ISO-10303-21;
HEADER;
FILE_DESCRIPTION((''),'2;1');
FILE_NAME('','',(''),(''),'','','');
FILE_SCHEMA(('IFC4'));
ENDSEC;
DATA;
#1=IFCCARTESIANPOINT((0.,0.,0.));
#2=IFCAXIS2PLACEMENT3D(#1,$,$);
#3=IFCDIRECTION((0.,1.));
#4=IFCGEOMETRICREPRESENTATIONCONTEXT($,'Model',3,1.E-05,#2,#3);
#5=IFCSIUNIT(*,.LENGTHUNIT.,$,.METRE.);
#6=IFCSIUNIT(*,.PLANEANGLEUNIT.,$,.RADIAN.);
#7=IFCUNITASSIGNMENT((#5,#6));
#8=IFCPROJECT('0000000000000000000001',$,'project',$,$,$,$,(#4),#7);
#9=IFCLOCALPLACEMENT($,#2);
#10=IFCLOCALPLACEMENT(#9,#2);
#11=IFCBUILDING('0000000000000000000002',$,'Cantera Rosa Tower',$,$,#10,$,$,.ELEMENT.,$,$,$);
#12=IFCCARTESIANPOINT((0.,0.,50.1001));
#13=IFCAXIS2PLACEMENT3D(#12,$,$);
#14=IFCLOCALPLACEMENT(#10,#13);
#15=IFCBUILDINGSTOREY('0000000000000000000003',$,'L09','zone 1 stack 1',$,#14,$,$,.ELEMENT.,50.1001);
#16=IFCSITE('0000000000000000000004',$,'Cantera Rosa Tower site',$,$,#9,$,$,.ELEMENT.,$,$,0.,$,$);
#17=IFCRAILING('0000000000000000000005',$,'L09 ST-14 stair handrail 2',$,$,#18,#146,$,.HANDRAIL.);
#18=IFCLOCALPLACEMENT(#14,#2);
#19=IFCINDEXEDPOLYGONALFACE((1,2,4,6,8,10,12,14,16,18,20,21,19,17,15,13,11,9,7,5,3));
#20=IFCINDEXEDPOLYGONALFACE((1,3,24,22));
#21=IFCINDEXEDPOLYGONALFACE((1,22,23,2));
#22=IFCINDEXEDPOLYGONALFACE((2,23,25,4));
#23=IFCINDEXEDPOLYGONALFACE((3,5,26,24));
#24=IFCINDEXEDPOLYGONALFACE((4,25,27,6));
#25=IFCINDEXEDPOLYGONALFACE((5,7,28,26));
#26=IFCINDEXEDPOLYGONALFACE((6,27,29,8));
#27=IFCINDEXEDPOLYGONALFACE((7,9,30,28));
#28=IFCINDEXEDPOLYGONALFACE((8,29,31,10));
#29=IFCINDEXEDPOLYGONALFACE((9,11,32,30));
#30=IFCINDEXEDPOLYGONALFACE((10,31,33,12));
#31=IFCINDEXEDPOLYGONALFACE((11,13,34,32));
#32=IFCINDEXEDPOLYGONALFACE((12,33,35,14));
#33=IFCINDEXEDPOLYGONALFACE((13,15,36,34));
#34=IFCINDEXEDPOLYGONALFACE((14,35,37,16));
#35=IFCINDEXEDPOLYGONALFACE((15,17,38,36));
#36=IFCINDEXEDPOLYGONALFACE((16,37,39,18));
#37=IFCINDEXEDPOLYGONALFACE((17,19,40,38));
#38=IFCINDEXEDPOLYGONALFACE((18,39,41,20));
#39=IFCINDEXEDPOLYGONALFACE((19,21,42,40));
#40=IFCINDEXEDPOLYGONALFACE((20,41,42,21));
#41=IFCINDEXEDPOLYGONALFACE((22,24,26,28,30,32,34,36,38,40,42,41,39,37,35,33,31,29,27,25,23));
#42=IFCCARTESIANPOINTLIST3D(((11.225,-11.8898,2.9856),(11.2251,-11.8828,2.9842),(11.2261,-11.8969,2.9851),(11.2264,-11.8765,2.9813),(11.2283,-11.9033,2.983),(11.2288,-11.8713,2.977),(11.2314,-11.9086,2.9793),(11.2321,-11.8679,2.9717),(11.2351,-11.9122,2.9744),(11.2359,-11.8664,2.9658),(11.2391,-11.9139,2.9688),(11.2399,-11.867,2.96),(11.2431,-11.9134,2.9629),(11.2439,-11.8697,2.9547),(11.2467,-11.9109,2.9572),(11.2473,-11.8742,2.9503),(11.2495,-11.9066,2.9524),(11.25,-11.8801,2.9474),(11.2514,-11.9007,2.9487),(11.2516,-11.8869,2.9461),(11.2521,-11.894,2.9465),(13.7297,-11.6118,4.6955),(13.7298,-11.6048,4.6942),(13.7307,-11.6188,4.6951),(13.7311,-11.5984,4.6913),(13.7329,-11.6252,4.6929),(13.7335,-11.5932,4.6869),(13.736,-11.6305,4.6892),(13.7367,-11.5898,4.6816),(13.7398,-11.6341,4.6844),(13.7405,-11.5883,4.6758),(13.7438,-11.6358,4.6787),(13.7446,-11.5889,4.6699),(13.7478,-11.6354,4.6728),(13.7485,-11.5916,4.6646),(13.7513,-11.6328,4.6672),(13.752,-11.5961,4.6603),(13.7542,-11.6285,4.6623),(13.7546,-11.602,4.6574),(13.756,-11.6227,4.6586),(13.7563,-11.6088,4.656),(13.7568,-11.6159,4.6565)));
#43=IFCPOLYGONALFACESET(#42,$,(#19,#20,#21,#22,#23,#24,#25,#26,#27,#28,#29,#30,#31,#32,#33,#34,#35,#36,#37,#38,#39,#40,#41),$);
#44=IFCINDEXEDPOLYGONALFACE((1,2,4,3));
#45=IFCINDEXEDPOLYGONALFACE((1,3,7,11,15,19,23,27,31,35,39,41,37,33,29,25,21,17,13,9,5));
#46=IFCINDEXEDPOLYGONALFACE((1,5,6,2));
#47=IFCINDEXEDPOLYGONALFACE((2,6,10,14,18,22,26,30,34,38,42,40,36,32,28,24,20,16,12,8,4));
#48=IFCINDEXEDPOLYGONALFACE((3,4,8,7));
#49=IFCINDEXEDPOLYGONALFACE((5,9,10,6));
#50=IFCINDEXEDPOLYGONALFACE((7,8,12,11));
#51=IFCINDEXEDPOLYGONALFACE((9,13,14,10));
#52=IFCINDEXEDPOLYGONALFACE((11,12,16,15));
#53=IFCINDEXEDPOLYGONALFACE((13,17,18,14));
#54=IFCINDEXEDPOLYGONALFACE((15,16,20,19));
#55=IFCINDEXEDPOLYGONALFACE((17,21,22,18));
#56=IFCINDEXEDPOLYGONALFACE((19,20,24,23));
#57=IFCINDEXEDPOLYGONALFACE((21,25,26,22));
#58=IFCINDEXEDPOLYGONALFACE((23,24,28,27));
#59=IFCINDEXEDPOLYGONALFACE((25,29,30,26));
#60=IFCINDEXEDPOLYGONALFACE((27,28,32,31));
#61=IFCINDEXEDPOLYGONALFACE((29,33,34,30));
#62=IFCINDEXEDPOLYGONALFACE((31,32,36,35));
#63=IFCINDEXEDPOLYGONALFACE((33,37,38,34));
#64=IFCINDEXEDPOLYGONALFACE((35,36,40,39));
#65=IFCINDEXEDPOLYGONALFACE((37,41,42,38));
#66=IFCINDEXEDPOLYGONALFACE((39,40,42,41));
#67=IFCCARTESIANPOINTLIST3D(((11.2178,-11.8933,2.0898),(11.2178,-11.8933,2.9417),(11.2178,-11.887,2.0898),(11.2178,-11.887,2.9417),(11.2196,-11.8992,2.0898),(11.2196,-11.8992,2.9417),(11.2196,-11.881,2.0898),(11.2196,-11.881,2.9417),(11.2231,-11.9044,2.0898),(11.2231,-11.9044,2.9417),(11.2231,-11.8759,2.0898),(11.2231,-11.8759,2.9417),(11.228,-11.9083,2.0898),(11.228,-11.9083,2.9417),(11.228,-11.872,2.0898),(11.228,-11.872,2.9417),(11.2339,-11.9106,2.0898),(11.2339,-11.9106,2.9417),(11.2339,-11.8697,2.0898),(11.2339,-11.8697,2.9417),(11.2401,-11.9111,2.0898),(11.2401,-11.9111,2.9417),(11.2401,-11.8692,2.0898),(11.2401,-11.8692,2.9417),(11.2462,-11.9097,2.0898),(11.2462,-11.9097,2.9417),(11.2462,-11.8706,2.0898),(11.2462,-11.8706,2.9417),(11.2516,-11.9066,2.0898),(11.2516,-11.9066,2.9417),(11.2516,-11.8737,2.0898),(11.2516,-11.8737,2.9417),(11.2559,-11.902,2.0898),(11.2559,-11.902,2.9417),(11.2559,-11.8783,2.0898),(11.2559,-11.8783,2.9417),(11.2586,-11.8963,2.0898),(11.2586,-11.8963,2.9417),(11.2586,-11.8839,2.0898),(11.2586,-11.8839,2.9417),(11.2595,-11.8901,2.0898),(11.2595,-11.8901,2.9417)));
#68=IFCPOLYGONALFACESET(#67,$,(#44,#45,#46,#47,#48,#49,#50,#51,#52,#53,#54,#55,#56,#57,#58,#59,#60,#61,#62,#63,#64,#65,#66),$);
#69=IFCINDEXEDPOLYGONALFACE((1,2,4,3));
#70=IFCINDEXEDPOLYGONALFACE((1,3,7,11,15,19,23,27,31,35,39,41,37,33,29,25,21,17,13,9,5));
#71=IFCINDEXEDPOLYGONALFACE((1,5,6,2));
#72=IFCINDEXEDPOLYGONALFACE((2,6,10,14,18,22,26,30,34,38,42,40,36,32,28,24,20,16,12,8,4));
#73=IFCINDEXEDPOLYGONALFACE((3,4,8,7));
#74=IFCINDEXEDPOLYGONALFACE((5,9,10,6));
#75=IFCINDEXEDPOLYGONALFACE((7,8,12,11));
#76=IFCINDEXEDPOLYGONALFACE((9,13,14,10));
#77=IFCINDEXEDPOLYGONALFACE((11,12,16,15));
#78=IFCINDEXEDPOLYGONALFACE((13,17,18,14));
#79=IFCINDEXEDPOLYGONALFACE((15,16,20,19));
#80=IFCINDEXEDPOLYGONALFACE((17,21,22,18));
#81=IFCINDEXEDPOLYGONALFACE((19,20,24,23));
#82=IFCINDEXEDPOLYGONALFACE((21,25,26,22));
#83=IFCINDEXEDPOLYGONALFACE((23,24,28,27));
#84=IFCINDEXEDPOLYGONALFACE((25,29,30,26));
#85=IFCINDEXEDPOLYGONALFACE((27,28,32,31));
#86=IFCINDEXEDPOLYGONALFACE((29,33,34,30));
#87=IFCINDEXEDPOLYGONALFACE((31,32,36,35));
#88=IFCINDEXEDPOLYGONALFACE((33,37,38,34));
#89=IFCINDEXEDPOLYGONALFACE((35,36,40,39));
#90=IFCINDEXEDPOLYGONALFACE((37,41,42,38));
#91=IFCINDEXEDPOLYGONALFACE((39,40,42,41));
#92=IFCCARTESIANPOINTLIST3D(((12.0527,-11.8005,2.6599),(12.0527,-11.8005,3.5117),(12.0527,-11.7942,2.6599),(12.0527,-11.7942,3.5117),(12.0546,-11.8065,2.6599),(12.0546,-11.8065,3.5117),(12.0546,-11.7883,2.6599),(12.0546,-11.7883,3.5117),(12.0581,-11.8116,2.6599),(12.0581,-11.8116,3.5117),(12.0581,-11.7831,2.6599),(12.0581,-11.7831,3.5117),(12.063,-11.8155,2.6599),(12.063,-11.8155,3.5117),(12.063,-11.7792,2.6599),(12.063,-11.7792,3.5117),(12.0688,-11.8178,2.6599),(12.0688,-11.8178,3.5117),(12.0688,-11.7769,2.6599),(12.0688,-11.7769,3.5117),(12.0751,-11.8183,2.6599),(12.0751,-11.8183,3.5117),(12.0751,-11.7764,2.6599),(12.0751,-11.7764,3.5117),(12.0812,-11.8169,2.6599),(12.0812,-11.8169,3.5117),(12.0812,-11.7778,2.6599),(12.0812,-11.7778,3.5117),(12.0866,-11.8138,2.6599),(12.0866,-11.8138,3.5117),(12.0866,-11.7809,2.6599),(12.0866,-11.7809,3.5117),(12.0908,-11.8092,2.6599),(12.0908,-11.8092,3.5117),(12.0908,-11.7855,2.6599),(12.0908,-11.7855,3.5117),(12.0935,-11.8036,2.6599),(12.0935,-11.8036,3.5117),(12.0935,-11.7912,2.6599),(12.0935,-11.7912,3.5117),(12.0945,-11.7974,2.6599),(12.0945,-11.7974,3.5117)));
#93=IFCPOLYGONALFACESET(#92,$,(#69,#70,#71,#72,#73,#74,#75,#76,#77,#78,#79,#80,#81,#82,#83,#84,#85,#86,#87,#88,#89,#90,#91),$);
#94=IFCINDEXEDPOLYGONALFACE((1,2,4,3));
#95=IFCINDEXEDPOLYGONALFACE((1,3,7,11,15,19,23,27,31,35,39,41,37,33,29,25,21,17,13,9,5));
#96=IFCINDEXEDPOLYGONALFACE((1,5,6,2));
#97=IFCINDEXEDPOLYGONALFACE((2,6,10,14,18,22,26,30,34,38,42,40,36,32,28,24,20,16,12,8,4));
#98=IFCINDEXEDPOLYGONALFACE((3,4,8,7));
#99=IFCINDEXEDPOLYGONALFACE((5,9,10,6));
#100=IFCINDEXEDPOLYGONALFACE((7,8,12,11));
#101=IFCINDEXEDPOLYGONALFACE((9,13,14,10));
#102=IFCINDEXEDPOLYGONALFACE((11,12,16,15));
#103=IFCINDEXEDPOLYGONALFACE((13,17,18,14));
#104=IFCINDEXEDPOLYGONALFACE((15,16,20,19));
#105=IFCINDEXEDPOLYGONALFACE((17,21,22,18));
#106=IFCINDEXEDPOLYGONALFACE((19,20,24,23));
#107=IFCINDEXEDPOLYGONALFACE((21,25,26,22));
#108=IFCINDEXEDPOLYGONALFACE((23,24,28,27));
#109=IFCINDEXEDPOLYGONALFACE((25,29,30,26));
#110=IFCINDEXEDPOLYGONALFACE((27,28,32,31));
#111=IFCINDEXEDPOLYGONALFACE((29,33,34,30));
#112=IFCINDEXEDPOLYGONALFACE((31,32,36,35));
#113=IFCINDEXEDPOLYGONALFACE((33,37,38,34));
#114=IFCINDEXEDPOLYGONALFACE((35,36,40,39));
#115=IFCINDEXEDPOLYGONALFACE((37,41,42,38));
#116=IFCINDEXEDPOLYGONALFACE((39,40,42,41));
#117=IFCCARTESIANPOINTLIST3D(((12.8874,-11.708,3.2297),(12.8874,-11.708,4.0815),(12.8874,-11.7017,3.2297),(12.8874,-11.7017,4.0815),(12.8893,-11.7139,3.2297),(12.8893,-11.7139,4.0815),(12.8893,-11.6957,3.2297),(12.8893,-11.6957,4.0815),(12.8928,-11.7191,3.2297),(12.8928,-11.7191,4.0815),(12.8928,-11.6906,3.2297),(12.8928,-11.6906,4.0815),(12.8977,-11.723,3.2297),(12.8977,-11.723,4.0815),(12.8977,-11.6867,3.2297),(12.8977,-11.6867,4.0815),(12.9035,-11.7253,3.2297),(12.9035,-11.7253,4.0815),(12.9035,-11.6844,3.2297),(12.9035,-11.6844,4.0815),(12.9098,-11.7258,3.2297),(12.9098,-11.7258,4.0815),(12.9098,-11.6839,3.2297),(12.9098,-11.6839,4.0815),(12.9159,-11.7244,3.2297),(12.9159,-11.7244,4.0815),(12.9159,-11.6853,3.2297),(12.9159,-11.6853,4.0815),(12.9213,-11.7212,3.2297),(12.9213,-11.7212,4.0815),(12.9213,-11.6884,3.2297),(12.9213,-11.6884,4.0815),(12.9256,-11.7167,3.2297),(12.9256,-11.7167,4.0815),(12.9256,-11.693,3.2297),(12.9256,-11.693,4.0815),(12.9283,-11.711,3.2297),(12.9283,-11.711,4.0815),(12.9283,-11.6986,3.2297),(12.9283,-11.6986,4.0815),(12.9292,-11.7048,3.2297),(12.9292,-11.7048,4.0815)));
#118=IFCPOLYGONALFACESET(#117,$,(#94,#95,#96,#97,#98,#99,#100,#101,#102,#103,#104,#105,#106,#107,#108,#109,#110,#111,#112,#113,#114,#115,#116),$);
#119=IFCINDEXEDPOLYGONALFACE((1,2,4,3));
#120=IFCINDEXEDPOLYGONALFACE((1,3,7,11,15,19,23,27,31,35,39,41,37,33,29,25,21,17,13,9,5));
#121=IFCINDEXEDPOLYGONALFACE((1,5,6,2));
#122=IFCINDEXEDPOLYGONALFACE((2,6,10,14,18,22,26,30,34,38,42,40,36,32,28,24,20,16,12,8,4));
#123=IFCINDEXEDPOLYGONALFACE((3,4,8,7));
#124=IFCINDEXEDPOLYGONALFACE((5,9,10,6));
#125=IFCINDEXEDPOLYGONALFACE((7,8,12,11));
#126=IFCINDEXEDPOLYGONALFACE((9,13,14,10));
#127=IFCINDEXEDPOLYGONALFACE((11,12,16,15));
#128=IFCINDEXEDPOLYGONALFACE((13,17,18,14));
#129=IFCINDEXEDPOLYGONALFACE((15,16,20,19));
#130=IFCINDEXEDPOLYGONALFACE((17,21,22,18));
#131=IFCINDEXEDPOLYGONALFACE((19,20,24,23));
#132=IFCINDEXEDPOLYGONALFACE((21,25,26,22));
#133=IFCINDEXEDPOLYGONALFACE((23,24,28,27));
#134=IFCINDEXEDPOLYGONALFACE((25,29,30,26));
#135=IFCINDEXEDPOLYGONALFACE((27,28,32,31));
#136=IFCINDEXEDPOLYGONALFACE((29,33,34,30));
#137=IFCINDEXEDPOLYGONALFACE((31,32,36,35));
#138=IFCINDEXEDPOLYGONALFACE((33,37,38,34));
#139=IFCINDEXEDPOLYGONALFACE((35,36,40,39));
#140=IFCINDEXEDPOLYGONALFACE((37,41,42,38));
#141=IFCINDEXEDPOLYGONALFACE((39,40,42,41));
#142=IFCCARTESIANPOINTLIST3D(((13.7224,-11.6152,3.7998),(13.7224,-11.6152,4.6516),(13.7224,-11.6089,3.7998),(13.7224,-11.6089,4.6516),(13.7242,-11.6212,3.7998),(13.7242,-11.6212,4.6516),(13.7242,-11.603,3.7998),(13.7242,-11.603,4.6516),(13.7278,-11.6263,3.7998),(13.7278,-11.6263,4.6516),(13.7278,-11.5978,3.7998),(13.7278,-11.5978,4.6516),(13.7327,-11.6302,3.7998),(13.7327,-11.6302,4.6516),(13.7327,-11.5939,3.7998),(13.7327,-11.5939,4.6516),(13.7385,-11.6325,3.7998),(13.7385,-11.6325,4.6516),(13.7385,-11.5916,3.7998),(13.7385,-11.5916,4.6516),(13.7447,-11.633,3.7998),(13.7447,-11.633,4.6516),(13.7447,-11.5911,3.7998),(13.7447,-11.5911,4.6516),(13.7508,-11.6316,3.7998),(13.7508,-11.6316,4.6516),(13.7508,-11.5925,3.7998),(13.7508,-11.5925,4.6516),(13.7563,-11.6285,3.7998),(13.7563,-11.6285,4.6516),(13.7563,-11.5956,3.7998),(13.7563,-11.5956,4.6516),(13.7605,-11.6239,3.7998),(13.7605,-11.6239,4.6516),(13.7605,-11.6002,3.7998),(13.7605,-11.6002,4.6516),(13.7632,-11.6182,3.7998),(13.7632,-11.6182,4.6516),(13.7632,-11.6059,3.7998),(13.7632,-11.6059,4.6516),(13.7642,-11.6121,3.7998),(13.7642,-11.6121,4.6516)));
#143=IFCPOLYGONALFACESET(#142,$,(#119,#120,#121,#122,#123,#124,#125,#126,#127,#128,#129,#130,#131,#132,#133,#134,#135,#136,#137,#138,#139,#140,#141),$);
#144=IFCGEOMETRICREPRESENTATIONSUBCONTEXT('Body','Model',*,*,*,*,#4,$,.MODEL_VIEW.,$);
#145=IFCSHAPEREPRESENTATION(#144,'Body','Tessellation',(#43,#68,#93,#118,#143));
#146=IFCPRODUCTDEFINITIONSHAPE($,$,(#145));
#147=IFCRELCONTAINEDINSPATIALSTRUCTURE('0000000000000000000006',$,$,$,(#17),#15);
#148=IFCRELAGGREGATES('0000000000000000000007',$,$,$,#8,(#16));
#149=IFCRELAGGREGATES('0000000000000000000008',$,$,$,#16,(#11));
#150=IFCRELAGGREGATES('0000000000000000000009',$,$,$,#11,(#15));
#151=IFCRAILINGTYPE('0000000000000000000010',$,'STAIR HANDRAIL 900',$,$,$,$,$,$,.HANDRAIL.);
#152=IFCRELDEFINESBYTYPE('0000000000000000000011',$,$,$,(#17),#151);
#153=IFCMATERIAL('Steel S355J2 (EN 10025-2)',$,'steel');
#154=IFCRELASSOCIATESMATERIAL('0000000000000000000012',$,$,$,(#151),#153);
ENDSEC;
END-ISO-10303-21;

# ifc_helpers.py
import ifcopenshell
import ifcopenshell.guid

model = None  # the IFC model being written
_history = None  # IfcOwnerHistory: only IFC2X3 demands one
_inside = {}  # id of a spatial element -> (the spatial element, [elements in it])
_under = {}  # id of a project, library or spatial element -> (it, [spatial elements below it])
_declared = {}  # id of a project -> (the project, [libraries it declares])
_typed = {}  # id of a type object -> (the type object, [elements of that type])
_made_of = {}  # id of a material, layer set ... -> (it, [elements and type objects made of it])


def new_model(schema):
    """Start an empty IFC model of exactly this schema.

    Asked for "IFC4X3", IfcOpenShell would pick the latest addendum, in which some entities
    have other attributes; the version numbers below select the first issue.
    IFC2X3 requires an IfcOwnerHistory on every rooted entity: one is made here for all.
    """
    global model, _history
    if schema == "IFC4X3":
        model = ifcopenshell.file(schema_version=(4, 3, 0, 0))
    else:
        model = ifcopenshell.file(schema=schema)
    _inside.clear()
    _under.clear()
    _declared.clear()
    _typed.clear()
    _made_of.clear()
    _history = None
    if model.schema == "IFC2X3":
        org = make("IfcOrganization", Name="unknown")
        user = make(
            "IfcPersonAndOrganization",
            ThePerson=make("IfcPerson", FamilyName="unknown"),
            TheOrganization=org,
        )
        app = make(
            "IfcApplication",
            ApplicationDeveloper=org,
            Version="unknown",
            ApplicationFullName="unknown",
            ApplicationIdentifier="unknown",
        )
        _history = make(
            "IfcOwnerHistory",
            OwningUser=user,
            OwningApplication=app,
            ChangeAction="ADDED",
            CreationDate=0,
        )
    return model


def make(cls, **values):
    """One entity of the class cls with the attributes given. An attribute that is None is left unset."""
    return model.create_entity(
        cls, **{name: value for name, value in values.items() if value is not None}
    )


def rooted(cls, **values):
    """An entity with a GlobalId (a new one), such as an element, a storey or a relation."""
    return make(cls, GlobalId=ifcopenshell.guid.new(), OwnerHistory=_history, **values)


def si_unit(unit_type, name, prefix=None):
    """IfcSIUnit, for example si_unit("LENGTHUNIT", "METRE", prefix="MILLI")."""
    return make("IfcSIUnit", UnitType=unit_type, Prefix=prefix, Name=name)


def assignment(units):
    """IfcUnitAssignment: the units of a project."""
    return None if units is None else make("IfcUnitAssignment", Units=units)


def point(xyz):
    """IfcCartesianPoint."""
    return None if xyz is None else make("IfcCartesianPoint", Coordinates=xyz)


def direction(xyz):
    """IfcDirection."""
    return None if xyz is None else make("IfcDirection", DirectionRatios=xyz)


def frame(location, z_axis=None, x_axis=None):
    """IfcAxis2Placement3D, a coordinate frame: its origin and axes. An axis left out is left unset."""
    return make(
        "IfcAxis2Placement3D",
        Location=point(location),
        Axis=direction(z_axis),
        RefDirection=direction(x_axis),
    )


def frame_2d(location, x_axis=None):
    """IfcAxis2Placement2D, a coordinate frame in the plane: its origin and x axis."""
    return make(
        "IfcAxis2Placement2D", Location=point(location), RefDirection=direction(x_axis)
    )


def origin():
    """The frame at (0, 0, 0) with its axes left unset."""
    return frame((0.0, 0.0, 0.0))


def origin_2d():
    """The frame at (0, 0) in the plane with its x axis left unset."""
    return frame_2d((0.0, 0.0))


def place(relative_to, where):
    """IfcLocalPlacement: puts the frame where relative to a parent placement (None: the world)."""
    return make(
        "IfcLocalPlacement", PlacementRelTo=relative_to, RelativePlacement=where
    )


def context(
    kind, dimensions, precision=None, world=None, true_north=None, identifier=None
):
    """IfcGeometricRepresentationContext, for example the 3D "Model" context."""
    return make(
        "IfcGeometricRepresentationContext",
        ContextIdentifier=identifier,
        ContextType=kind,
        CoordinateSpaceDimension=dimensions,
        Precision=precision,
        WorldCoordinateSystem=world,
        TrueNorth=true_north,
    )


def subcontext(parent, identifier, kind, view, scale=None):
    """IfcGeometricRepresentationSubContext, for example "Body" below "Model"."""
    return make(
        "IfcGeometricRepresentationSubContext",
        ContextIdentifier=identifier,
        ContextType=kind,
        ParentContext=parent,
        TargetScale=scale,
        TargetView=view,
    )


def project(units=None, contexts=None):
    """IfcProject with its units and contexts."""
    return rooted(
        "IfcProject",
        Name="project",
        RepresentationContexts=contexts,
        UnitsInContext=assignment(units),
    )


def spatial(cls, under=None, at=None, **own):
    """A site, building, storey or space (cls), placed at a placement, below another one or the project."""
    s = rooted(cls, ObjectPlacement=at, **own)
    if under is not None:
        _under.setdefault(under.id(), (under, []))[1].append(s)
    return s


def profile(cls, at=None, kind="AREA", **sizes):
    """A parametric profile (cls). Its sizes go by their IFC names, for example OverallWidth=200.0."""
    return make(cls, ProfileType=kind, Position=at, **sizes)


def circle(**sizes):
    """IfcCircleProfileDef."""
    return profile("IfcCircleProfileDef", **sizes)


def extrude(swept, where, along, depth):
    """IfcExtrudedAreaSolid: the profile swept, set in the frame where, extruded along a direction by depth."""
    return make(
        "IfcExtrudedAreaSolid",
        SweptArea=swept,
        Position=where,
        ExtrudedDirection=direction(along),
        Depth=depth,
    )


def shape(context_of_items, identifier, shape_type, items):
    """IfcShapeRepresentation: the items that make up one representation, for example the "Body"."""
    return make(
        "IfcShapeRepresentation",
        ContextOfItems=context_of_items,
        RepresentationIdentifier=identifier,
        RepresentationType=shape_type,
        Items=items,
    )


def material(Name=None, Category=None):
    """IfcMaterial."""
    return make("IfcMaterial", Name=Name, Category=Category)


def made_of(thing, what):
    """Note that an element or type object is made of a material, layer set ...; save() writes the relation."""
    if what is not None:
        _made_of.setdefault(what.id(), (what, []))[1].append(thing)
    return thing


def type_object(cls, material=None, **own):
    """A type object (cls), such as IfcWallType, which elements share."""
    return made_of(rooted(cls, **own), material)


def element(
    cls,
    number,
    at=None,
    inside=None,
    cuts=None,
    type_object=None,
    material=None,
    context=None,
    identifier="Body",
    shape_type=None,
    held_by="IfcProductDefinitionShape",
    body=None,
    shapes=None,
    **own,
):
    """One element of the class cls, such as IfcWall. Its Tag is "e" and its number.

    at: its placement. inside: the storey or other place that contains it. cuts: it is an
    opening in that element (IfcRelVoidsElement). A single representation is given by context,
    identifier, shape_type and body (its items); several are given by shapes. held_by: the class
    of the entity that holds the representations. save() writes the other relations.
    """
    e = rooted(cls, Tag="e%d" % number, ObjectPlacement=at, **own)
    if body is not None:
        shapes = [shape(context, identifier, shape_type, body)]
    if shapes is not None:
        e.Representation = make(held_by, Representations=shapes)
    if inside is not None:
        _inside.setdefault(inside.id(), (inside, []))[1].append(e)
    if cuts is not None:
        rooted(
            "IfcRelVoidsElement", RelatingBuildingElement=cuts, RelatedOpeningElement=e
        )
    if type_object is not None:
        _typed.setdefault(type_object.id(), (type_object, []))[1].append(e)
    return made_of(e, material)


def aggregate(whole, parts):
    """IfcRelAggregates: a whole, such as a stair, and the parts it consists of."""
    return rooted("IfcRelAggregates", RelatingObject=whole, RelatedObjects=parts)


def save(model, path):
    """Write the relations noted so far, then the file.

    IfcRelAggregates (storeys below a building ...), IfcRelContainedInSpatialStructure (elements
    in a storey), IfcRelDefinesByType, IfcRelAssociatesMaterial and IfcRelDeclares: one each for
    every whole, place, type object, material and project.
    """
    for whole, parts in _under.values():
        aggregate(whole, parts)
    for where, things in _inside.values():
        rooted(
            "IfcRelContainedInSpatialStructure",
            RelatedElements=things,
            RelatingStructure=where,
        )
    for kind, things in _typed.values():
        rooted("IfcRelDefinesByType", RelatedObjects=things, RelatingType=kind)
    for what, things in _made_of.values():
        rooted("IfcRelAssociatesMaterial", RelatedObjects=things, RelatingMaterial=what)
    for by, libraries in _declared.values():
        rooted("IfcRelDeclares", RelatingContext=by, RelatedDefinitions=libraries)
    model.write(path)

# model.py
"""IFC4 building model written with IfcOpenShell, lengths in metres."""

from ifc_helpers import new_model, si_unit, direction, frame, origin, origin_2d, place, context, subcontext, project, spatial, circle, extrude, material, type_object, element, save


model = new_model("IFC4")

# Units and contexts
model_context = context("Model", 3, precision=1e-05, world=origin(), true_north=direction((0.0, 1.0)))
body_context = subcontext(model_context, "Body", "Model", "MODEL_VIEW")
ifc_project = project(units=[si_unit("LENGTHUNIT", "METRE"), si_unit("PLANEANGLEUNIT", "RADIAN")], contexts=[model_context])

# Site, building, storey
site_placement = place(None, origin())
site = spatial("IfcSite", under=ifc_project, at=site_placement, Name="Cantera Rosa Tower site", CompositionType="ELEMENT", RefElevation=0.0)
building_placement = place(site_placement, origin())
building = spatial("IfcBuilding", under=site, at=building_placement, Name="Cantera Rosa Tower", CompositionType="ELEMENT")
storey_placement = place(building_placement, frame((0.0, 0.0, 50.1001)))
storey = spatial("IfcBuildingStorey", under=building, at=storey_placement, Name="L09", Description="zone 1 stack 1", CompositionType="ELEMENT", Elevation=50.1001)

# Railing
ifc_material_1 = material(Name="Steel S355J2 (EN 10025-2)", Category="steel")
railing_type = type_object("IfcRailingType", Name="STAIR HANDRAIL 900", PredefinedType="HANDRAIL", material=ifc_material_1)
railing_placement = place(storey_placement, frame((11.2385, -11.8901, 2.0898)))
element("IfcRailing", 1, at=railing_placement, inside=storey, type_object=railing_type, Name="L09 ST-14 stair handrail 2", PredefinedType="HANDRAIL", context=body_context, shape_type="SweptSolid", body=[
    extrude(circle(Radius=0.0239, at=origin_2d()), frame((0.0, 0.0, 0.876), z_axis=(0.822431, 0.09131, 0.561488), x_axis=(-0.110346, 0.993893, 0.0)), (0.0, 0.0, 1.0), 3.0454),
    extrude(circle(Radius=0.021, at=origin_2d()), origin(), (0.0, 0.0, 1.0), 0.8518),
    extrude(circle(Radius=0.021, at=origin_2d()), frame((0.835, 0.0928, 0.5701)), (0.0, 0.0, 1.0), 0.8518),
    extrude(circle(Radius=0.021, at=origin_2d()), frame((1.6697, 0.1853, 1.1399)), (0.0, 0.0, 1.0), 0.8518),
    extrude(circle(Radius=0.021, at=origin_2d()), frame((2.5046, 0.2781, 1.71)), (0.0, 0.0, 1.0), 0.8518),
])

save(model, "model.ifc")
